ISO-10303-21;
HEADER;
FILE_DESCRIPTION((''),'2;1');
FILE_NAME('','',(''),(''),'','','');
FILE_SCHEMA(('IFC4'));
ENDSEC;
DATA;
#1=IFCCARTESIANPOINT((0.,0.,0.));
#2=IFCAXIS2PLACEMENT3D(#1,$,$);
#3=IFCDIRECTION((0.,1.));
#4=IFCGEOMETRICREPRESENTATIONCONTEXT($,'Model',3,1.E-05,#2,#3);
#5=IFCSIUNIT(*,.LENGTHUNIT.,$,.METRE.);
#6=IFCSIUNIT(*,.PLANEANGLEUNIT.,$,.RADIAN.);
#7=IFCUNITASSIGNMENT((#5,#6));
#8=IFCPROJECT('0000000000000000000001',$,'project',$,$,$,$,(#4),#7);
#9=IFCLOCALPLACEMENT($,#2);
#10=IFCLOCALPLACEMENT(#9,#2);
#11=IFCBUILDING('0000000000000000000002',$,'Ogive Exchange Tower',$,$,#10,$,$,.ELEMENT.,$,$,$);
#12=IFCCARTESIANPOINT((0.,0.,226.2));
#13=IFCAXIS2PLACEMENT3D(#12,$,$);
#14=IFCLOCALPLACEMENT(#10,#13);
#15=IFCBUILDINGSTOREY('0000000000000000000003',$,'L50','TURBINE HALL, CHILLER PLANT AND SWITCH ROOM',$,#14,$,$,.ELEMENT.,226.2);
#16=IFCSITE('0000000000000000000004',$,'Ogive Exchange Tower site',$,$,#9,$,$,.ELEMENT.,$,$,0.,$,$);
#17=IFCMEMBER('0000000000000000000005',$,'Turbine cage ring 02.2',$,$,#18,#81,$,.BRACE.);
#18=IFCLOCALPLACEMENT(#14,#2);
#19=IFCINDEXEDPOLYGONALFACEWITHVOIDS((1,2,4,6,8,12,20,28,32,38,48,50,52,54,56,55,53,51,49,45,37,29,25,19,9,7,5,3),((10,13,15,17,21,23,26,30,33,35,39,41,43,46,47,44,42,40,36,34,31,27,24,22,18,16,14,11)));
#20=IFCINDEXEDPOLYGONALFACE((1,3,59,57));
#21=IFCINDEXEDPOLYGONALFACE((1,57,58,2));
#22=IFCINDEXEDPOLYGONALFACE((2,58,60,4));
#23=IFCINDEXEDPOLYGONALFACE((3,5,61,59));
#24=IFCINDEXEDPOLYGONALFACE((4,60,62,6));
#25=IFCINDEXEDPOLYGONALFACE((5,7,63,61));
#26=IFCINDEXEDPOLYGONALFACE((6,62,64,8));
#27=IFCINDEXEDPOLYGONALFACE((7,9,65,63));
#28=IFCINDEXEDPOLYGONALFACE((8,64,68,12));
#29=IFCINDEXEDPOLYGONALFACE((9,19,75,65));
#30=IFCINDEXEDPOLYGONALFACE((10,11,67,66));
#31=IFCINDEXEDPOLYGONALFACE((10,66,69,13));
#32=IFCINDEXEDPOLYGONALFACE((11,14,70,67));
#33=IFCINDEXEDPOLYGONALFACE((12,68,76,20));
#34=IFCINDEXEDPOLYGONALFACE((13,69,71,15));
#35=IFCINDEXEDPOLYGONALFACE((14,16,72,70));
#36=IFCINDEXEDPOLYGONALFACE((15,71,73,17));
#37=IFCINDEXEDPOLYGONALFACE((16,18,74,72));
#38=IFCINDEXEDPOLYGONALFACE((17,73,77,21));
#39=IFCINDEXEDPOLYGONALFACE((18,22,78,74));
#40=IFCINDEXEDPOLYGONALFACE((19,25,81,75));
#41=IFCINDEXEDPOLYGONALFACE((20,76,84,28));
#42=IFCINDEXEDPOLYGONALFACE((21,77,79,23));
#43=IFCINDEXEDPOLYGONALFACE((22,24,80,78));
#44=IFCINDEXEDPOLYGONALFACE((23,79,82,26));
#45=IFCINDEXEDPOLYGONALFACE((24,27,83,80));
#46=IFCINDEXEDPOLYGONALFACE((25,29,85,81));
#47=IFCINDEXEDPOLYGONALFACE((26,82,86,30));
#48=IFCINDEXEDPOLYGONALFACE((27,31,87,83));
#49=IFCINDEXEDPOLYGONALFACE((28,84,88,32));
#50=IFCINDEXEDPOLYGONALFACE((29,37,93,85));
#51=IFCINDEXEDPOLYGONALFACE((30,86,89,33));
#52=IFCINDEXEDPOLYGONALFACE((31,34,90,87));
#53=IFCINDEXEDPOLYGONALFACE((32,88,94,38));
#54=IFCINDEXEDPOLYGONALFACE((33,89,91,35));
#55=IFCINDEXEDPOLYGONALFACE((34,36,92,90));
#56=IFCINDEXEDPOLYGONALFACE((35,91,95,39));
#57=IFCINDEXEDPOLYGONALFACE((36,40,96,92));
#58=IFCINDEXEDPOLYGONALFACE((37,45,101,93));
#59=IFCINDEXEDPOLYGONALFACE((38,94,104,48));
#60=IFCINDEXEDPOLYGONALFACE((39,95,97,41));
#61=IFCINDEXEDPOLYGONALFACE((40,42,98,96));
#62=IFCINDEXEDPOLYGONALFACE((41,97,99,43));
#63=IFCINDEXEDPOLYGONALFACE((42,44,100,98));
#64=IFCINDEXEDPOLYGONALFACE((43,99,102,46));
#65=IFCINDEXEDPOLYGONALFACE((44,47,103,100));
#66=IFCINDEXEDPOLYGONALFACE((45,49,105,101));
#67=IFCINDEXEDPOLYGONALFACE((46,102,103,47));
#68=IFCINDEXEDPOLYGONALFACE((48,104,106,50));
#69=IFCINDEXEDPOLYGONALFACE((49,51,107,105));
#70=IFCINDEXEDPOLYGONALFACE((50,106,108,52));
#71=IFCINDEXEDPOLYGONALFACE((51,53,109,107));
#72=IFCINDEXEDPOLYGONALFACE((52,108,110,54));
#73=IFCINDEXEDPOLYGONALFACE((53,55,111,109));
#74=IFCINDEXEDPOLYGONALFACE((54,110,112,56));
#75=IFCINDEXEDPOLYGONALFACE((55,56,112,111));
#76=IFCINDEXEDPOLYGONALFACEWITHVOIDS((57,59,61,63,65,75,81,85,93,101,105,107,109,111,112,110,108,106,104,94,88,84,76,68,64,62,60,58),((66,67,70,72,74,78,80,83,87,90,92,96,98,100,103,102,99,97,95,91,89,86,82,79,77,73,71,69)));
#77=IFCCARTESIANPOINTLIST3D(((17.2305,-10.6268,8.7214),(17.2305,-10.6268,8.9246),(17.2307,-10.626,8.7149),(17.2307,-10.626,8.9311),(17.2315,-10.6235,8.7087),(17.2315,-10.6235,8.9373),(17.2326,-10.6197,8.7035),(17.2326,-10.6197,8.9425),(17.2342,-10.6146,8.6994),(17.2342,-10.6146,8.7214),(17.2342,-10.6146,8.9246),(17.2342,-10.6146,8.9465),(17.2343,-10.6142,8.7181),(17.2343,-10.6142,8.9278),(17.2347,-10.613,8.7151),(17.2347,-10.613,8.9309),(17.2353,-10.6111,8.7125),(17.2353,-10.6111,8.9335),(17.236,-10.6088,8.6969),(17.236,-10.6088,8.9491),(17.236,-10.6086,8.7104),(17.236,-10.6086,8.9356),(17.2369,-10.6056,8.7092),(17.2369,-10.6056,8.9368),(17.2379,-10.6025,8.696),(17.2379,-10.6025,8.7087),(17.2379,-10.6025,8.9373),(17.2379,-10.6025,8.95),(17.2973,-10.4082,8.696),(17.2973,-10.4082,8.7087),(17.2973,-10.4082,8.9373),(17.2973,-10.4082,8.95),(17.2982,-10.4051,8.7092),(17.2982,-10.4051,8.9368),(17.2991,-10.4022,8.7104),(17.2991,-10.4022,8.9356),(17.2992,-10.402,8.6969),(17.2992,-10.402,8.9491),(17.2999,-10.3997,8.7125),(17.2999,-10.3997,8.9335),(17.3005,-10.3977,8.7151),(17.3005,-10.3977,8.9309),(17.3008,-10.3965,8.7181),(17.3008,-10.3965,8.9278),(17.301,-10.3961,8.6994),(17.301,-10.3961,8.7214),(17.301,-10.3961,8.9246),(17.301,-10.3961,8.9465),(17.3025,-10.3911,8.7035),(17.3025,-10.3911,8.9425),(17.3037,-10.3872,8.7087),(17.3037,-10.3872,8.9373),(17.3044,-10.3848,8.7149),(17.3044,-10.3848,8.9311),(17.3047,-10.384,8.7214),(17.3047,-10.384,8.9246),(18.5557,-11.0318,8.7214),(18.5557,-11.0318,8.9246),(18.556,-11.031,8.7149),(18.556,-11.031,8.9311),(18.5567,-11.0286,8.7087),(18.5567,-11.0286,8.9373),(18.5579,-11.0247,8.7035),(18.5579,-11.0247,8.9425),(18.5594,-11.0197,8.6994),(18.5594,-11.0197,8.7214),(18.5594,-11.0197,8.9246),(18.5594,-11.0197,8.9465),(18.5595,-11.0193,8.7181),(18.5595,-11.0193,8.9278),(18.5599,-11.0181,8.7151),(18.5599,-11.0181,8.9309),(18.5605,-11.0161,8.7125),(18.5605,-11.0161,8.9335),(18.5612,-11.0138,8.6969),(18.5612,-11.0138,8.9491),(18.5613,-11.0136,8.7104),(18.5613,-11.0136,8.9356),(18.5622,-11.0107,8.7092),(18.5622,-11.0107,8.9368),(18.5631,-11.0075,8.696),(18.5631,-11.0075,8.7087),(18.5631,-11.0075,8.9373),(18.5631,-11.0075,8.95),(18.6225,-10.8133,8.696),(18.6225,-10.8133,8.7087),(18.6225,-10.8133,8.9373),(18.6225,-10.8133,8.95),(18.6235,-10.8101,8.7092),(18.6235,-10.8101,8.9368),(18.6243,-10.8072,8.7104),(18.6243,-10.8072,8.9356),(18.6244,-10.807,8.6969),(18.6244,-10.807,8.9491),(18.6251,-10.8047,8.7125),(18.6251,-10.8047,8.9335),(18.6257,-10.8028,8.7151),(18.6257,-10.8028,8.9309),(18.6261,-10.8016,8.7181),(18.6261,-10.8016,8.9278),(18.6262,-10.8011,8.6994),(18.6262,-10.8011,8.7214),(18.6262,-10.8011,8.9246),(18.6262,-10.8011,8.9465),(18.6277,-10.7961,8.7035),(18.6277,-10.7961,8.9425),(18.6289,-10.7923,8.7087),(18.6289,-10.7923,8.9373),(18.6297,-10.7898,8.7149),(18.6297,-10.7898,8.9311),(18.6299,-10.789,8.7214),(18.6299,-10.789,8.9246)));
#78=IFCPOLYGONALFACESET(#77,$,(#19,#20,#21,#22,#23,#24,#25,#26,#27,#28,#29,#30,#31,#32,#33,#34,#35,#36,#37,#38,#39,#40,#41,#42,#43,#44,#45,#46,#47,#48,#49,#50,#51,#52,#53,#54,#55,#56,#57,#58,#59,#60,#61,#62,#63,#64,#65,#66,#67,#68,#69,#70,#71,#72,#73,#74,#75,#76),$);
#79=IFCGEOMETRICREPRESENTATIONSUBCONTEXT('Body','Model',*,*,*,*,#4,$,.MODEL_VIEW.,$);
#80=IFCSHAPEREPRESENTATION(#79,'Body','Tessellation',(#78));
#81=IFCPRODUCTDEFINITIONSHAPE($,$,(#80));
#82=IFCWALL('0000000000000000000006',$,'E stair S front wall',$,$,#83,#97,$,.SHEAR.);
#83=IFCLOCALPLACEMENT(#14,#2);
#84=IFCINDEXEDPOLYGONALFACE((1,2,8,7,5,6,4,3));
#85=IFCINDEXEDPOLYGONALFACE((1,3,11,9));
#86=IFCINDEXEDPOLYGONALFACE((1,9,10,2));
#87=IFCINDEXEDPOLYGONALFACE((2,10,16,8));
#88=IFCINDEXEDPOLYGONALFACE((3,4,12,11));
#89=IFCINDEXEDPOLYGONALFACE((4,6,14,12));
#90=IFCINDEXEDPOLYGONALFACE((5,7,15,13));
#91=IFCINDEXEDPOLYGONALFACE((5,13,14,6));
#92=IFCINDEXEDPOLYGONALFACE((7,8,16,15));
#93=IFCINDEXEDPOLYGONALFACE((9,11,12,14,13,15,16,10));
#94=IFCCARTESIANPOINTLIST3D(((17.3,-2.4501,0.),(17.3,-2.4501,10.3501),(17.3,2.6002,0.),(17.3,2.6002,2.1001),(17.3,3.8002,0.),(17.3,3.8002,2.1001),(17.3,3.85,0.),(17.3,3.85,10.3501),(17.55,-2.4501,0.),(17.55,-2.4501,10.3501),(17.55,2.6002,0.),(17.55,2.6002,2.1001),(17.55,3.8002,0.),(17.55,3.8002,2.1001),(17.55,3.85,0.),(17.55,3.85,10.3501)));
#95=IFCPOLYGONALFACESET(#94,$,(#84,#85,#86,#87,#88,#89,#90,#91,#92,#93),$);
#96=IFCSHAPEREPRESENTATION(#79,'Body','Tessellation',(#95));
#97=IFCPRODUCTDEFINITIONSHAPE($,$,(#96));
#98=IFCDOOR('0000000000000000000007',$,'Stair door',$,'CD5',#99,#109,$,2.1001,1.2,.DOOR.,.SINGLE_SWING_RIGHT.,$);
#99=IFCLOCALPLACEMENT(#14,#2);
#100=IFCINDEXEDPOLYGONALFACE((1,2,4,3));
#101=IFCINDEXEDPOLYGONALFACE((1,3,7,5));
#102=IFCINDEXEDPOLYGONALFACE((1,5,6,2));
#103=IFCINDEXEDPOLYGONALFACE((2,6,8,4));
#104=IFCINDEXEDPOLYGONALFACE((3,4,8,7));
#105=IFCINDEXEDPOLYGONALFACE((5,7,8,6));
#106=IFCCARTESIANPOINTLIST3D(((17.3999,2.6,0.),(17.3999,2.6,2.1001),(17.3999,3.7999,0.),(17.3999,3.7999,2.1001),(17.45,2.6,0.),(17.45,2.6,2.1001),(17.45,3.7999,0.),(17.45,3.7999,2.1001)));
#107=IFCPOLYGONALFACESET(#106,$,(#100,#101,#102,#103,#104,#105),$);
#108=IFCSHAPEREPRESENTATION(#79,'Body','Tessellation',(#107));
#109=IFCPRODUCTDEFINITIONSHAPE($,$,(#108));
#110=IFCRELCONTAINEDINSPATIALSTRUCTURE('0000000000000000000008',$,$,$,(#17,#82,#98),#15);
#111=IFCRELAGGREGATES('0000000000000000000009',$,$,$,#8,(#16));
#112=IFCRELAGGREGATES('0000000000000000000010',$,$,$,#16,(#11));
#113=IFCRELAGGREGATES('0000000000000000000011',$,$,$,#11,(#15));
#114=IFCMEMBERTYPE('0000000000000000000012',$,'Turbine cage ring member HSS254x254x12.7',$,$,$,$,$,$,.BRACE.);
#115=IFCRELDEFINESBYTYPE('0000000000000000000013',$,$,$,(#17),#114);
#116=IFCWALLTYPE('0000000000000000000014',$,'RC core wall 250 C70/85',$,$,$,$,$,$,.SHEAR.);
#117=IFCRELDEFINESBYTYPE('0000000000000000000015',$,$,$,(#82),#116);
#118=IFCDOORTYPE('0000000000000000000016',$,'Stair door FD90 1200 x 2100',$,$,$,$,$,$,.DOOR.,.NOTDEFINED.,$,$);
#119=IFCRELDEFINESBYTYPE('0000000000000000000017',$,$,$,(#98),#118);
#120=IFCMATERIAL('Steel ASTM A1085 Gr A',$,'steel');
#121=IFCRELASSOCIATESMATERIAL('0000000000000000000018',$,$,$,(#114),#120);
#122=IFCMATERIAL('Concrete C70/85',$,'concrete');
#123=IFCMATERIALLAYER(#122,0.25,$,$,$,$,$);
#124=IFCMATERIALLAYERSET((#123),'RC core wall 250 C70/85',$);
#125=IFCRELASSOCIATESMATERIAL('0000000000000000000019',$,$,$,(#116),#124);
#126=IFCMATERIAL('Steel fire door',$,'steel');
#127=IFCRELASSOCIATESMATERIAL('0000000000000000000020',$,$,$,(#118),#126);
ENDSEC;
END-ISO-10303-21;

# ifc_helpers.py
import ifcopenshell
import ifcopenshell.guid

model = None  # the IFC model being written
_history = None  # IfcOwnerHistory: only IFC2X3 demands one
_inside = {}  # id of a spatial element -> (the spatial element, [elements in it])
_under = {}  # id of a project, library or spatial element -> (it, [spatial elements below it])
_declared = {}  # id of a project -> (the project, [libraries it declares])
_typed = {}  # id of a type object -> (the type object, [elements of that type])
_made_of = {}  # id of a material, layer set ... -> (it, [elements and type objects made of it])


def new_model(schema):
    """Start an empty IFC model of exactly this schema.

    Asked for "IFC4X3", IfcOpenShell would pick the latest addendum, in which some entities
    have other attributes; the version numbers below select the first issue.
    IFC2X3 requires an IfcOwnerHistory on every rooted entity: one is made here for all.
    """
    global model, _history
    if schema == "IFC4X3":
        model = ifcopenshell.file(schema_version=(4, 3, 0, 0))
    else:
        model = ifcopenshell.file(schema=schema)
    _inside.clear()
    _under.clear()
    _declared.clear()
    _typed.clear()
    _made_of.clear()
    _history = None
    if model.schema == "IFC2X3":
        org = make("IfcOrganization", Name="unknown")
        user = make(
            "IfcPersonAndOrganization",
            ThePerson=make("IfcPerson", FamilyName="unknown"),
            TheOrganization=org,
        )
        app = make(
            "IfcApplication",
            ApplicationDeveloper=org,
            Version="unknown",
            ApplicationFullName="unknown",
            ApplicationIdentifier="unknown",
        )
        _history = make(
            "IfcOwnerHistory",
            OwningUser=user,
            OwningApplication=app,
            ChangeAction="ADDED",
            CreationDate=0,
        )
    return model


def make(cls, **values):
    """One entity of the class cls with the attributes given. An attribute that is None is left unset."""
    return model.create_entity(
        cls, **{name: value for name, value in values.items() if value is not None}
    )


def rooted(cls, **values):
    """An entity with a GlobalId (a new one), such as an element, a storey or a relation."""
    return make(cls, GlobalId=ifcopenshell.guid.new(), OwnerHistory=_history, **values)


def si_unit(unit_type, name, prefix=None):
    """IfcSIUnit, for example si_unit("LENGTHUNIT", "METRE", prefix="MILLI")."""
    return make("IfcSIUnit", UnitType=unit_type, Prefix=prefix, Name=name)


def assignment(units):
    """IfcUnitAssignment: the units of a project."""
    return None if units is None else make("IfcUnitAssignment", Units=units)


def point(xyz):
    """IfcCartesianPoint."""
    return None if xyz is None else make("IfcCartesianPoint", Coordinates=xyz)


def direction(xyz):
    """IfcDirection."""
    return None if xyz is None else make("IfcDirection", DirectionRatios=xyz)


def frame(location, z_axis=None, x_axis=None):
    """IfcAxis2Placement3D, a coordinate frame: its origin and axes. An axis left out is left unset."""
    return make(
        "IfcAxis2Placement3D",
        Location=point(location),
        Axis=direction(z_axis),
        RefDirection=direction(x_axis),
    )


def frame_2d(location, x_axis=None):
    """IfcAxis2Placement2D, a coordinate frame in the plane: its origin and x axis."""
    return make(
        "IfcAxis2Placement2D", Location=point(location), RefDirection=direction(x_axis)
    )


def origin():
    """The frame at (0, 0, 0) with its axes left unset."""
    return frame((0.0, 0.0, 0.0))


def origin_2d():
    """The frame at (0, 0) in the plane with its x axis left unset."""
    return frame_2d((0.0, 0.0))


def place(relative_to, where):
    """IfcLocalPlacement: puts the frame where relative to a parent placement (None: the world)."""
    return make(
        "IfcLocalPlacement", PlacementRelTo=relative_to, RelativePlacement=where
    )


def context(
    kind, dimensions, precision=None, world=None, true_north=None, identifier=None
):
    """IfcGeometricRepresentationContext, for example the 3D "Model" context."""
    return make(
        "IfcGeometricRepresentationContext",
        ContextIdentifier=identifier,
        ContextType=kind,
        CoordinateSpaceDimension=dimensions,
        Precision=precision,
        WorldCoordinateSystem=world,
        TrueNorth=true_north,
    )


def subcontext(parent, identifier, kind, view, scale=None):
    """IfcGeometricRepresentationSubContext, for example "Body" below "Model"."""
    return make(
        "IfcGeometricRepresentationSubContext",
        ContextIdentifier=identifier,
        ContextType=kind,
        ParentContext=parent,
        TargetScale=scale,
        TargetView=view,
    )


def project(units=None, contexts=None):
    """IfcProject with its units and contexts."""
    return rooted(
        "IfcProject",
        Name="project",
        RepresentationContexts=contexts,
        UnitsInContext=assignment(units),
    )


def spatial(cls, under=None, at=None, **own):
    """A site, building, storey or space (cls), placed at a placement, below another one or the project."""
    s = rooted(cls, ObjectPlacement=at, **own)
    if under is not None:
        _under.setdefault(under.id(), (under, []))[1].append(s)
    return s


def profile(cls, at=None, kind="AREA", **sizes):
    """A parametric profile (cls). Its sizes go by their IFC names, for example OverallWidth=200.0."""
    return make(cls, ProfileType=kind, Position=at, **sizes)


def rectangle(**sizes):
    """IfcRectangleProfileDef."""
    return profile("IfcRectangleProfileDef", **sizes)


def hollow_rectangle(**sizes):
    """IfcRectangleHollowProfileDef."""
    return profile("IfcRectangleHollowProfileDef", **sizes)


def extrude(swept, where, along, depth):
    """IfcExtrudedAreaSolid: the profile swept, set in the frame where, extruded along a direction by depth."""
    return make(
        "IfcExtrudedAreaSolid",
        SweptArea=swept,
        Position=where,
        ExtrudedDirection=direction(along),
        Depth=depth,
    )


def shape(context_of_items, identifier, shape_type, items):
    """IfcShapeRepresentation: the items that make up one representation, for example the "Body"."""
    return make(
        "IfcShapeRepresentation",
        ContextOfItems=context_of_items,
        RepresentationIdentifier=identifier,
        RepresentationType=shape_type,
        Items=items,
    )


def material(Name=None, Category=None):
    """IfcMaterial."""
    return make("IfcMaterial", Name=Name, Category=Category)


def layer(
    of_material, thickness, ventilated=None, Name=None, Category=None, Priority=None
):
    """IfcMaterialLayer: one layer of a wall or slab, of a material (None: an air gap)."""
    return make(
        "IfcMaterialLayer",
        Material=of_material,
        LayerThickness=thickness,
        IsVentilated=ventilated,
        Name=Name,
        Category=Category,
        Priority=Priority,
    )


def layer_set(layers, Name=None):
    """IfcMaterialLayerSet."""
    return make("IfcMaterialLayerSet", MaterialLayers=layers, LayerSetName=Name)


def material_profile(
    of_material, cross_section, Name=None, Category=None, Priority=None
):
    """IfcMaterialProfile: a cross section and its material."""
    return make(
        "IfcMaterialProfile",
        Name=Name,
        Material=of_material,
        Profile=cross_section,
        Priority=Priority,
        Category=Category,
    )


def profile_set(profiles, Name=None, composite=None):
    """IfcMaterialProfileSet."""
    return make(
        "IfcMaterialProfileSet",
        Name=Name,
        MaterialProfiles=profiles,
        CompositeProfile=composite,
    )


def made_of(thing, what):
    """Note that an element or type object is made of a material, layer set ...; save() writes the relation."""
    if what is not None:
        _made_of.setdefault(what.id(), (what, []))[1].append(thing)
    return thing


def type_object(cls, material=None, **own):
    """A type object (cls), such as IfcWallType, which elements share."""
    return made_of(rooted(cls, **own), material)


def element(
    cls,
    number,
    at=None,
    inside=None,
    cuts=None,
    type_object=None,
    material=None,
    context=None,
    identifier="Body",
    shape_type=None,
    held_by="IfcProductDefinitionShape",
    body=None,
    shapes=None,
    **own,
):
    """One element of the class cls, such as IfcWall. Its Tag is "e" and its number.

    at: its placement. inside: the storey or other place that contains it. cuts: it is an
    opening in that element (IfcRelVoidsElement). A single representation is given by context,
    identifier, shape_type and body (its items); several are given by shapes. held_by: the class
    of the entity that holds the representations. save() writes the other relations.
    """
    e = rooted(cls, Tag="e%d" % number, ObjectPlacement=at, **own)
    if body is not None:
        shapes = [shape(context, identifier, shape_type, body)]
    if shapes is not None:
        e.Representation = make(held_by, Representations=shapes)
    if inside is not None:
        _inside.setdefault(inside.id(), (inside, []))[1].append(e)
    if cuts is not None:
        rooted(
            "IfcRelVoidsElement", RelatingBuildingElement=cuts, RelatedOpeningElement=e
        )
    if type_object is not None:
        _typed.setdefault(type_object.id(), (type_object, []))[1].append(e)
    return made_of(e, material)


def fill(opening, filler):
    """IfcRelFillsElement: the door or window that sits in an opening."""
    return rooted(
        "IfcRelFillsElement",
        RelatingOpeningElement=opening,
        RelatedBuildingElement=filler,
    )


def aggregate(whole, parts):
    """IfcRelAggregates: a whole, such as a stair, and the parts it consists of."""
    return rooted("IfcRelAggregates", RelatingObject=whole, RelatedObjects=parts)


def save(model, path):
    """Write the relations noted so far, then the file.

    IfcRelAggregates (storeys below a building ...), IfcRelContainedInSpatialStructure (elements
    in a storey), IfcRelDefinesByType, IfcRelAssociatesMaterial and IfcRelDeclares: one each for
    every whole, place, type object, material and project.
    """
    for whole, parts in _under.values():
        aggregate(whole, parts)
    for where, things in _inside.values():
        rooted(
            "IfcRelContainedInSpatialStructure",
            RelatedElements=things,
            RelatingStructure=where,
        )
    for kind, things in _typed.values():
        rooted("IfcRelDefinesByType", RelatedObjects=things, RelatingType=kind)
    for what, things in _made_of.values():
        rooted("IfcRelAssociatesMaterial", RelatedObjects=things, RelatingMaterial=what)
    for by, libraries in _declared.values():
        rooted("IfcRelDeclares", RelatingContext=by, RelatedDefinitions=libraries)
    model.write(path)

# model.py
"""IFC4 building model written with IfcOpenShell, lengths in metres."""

from ifc_helpers import new_model, si_unit, direction, frame, frame_2d, origin, origin_2d, place, context, subcontext, project, spatial, rectangle, hollow_rectangle, extrude, material, layer, layer_set, material_profile, profile_set, type_object, element, fill, save


model = new_model("IFC4")

# Units and contexts
model_context = context("Model", 3, precision=1e-05, world=origin(), true_north=direction((0.0, 1.0)))
body_context = subcontext(model_context, "Body", "Model", "MODEL_VIEW")
ifc_project = project(units=[si_unit("LENGTHUNIT", "METRE"), si_unit("PLANEANGLEUNIT", "RADIAN")], contexts=[model_context])

# Site, building, storey
site_placement = place(None, origin())
site = spatial("IfcSite", under=ifc_project, at=site_placement, Name="Ogive Exchange Tower site", CompositionType="ELEMENT", RefElevation=0.0)
building_placement = place(site_placement, origin())
building = spatial("IfcBuilding", under=site, at=building_placement, Name="Ogive Exchange Tower", CompositionType="ELEMENT")
storey_placement = place(building_placement, frame((0.0, 0.0, 226.2)))
storey = spatial("IfcBuildingStorey", under=building, at=storey_placement, Name="L50", Description="TURBINE HALL, CHILLER PLANT AND SWITCH ROOM", CompositionType="ELEMENT", Elevation=226.2)

# Shared definitions
ifc_material_1 = material(Name="Steel ASTM A1085 Gr A", Category="steel")

# Member
ifc_material_profile_1 = material_profile(ifc_material_1, hollow_rectangle(XDim=0.2539, YDim=0.2539, WallThickness=0.0127, InnerFilletRadius=0.0127, OuterFilletRadius=0.0254, at=origin_2d()), Name="HSS254x254x12.7")
ifc_profile_set_1 = profile_set([ifc_material_profile_1], Name="Steel ASTM A1085 Gr A")
member_type_1 = type_object("IfcMemberType", Name="Turbine cage ring member HSS254x254x12.7", PredefinedType="BRACE", material=ifc_profile_set_1)
member_1_placement = place(storey_placement, frame((17.2676, -10.5054, 8.823), z_axis=(0.95633, -0.29229, 0.0), x_axis=(0.29229, 0.95633, 0.0)))
element("IfcMember", 1, at=member_1_placement, inside=storey, type_object=member_type_1, Name="Turbine cage ring 02.2", PredefinedType="BRACE", context=body_context, shape_type="SweptSolid", body=[
    extrude(hollow_rectangle(XDim=0.2539, YDim=0.2539, WallThickness=0.0127, InnerFilletRadius=0.0127, OuterFilletRadius=0.0254, at=origin_2d()), origin(), (0.0, 0.0, 1.0), 1.3857),
])

# Wall, opening, door
ifc_material_2 = material(Name="Concrete C70/85", Category="concrete")
ifc_layer_1 = layer(ifc_material_2, 0.25)
ifc_layer_set_1 = layer_set([ifc_layer_1], Name="RC core wall 250 C70/85")
wall_type_1 = type_object("IfcWallType", Name="RC core wall 250 C70/85", PredefinedType="SHEAR", material=ifc_layer_set_1)
wall_1_placement = place(storey_placement, frame((17.425, -2.45, 0.0), z_axis=(0.0, 0.0, 1.0), x_axis=(0.0, 1.0, 0.0)))
wall_1 = element("IfcWall", 2, at=wall_1_placement, inside=storey, type_object=wall_type_1, Name="E stair S front wall", PredefinedType="SHEAR", context=body_context, shape_type="SweptSolid", body=[
    extrude(rectangle(XDim=6.3, YDim=0.25, at=frame_2d((3.1499, 0.0))), origin(), (0.0, 0.0, 1.0), 10.3501),
])
opening_1_placement = place(wall_1_placement, frame((5.05, 0.0, 0.0)))
opening_1 = element("IfcOpeningElement", 3, at=opening_1_placement, cuts=wall_1, PredefinedType="OPENING", context=body_context, shape_type="SweptSolid", body=[
    extrude(rectangle(XDim=1.2, YDim=2.1001, at=frame_2d((0.6001, 1.05))), frame((0.0, 0.135, 0.0), z_axis=(0.0, -1.0, 0.0), x_axis=(1.0, 0.0, 0.0)), (0.0, 0.0, 1.0), 0.27),
])
ifc_material_3 = material(Name="Steel fire door", Category="steel")
door_type_1 = type_object("IfcDoorType", Name="Stair door FD90 1200 x 2100", OperationType="NOTDEFINED", PredefinedType="DOOR", material=ifc_material_3)
door_1_placement = place(opening_1_placement, frame((1.2, 0.0, 0.0), z_axis=(0.0, 0.0, 1.0), x_axis=(-1.0, 0.0, 0.0)))
door_1 = element("IfcDoor", 4, at=door_1_placement, inside=storey, type_object=door_type_1, Name="Stair door", ObjectType="CD5", OperationType="SINGLE_SWING_RIGHT", OverallHeight=2.1001, OverallWidth=1.2, PredefinedType="DOOR", context=body_context, shape_type="SweptSolid", body=[
    extrude(rectangle(XDim=1.2, YDim=2.1001, at=frame_2d((0.6001, 1.05))), frame((0.0, 0.0249, 0.0), z_axis=(0.0, -1.0, 0.0), x_axis=(1.0, 0.0, 0.0)), (0.0, 0.0, 1.0), 0.05),
])
fill(opening_1, door_1)

save(model, "model.ifc")
